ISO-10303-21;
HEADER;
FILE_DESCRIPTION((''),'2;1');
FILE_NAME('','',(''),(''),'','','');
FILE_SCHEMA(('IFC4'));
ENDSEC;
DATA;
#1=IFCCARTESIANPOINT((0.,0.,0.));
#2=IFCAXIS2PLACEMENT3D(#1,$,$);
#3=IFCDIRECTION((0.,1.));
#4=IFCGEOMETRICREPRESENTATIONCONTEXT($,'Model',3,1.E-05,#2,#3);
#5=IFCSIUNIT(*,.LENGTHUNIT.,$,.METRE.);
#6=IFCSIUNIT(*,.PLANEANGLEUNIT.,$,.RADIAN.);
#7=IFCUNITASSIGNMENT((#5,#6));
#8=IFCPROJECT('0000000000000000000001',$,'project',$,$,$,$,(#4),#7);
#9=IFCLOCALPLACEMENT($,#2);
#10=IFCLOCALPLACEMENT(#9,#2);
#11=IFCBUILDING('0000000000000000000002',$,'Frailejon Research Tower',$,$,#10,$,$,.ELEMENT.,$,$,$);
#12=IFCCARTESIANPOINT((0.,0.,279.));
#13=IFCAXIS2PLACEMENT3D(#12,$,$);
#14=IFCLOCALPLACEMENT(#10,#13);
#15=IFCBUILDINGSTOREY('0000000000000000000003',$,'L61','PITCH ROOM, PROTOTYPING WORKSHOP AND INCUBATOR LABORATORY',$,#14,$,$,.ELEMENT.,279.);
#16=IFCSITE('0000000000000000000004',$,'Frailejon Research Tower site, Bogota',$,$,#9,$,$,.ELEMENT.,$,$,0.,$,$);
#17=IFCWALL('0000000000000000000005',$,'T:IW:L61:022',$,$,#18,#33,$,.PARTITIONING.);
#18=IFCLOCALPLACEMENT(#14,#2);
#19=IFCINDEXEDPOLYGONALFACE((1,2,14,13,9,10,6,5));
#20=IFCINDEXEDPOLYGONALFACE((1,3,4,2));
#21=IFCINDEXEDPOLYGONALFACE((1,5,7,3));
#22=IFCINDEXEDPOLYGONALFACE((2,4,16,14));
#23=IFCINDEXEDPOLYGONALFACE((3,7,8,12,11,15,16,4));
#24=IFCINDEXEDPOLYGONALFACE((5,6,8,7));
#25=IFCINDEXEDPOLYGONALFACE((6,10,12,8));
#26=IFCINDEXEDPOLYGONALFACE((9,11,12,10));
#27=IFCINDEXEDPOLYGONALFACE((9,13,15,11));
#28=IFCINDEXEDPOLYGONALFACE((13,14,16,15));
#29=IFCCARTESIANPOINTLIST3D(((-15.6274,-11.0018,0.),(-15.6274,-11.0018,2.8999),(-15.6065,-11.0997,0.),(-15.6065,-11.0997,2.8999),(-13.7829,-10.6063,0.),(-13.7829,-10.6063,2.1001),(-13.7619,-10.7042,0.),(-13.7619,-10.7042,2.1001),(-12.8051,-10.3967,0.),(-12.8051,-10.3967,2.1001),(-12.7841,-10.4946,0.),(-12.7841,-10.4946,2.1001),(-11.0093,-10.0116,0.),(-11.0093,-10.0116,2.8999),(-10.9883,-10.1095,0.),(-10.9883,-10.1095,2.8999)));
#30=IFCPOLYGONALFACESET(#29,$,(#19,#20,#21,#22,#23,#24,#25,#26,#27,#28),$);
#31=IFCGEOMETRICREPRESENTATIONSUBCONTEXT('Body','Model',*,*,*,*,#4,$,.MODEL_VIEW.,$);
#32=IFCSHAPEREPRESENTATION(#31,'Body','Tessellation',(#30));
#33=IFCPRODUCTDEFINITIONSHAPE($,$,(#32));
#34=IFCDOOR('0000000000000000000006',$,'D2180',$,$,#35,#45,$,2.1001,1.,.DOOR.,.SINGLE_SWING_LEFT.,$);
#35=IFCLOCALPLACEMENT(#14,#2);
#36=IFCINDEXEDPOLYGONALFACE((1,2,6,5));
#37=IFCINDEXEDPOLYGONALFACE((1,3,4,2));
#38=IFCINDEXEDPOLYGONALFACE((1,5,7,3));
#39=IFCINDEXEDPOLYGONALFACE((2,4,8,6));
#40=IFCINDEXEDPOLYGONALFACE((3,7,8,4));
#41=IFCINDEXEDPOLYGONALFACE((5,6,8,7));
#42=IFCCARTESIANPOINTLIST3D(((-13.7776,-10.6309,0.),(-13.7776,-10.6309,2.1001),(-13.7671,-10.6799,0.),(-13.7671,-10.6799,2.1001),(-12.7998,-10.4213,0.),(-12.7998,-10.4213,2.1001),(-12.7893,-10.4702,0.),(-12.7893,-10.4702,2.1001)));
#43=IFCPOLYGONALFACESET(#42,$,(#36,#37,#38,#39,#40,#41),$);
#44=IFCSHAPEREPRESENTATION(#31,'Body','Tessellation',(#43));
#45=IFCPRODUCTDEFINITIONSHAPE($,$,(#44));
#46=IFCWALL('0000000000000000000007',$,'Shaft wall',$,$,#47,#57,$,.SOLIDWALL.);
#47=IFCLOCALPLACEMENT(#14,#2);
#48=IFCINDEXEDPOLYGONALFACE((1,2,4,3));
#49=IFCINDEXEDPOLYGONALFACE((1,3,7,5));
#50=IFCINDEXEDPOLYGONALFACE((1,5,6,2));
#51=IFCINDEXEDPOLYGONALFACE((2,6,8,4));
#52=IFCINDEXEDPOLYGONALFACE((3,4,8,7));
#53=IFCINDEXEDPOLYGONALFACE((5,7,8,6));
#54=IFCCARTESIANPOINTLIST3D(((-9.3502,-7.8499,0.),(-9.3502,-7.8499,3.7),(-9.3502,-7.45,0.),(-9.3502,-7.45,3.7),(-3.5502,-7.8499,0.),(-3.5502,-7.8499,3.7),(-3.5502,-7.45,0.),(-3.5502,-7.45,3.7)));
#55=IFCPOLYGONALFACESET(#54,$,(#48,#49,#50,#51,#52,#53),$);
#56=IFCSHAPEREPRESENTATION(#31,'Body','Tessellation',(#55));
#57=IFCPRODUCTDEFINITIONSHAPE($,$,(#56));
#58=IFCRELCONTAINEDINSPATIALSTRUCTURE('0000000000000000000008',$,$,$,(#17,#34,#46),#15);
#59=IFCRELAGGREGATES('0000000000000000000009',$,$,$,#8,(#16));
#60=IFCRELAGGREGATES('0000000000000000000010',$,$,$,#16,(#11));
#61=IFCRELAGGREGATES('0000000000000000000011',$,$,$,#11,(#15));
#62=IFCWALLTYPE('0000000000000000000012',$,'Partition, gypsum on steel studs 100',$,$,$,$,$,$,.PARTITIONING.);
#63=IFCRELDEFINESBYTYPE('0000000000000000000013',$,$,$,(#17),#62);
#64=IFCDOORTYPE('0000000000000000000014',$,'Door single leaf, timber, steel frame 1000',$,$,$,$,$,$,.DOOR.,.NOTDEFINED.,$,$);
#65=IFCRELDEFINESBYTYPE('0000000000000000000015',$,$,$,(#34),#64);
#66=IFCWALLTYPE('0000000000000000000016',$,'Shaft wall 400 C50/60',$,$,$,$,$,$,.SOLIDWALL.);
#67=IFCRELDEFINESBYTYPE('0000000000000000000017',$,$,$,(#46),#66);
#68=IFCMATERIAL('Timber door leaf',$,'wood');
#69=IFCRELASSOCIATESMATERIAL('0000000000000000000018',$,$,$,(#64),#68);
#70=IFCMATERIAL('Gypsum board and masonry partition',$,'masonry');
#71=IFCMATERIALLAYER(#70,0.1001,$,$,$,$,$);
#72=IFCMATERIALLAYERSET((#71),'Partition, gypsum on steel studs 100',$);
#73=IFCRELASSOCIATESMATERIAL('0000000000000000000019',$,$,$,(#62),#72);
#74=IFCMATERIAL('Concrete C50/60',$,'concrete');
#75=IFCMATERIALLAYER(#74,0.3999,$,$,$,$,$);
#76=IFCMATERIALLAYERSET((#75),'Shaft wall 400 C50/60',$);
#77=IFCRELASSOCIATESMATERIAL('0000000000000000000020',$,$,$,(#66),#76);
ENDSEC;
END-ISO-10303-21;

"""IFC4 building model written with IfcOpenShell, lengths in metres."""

from ifc_helpers import new_model, si_unit, direction, frame, frame_2d, origin, place, context, subcontext, project, spatial, rectangle, extrude, material, layer, layer_set, type_object, element, fill, save


model = new_model("IFC4")

# Units and contexts
model_context = context("Model", 3, precision=1e-05, world=origin(), true_north=direction((0.0, 1.0)))
body_context = subcontext(model_context, "Body", "Model", "MODEL_VIEW")
ifc_project = project(units=[si_unit("LENGTHUNIT", "METRE"), si_unit("PLANEANGLEUNIT", "RADIAN")], contexts=[model_context])

# Site, building, storey
site_placement = place(None, origin())
site = spatial("IfcSite", under=ifc_project, at=site_placement, Name="Frailejon Research Tower site, Bogota", CompositionType="ELEMENT", RefElevation=0.0)
building_placement = place(site_placement, origin())
building = spatial("IfcBuilding", under=site, at=building_placement, Name="Frailejon Research Tower", CompositionType="ELEMENT")
storey_placement = place(building_placement, frame((0.0, 0.0, 279.0)))
storey = spatial("IfcBuildingStorey", under=building, at=storey_placement, Name="L61", Description="PITCH ROOM, PROTOTYPING WORKSHOP AND INCUBATOR LABORATORY", CompositionType="ELEMENT", Elevation=279.0)

# Shared definitions
ifc_material_1 = material(Name="Timber door leaf", Category="wood")
door_type_1 = type_object("IfcDoorType", Name="Door single leaf, timber, steel frame 1000", OperationType="NOTDEFINED", PredefinedType="DOOR", material=ifc_material_1)

# Shared definitions
ifc_material_2 = material(Name="Gypsum board and masonry partition", Category="masonry")
ifc_layer_1 = layer(ifc_material_2, 0.1001)
ifc_layer_set_1 = layer_set([ifc_layer_1], Name="Partition, gypsum on steel studs 100")
wall_type_1 = type_object("IfcWallType", Name="Partition, gypsum on steel studs 100", PredefinedType="PARTITIONING", material=ifc_layer_set_1)

# Wall, opening, door
wall_1_placement = place(storey_placement, frame((-15.6169, -11.0508, 0.0), z_axis=(0.0, 0.0, 1.0), x_axis=(0.977775, 0.209656, 0.0)))
wall_1 = element("IfcWall", 1, at=wall_1_placement, inside=storey, type_object=wall_type_1, Name="T:IW:L61:022", PredefinedType="PARTITIONING", context=body_context, shape_type="SweptSolid", body=[
    extrude(rectangle(XDim=4.7231, YDim=0.1001, at=frame_2d((2.3616, 0.0))), origin(), (0.0, 0.0, 1.0), 2.8999),
])
opening_1_placement = place(wall_1_placement, frame((1.8865, 0.0, 0.0)))
opening_1 = element("IfcOpeningElement", 2, at=opening_1_placement, cuts=wall_1, PredefinedType="OPENING", context=body_context, shape_type="SweptSolid", body=[
    extrude(rectangle(XDim=1.0, YDim=2.1001, at=frame_2d((0.5, 1.05))), frame((0.0, 0.0601, 0.0), z_axis=(0.0, -1.0, 0.0), x_axis=(1.0, 0.0, 0.0)), (0.0, 0.0, 1.0), 0.1201),
])
door_1_placement = place(opening_1_placement, origin())
door_1 = element("IfcDoor", 3, at=door_1_placement, inside=storey, type_object=door_type_1, Name="D2180", OperationType="SINGLE_SWING_LEFT", OverallHeight=2.1001, OverallWidth=1.0, PredefinedType="DOOR", context=body_context, shape_type="SweptSolid", body=[
    extrude(rectangle(XDim=1.0, YDim=2.1001, at=frame_2d((0.5, 1.05))), frame((0.0, 0.0249, 0.0), z_axis=(0.0, -1.0, 0.0), x_axis=(1.0, 0.0, 0.0)), (0.0, 0.0, 1.0), 0.05),
])
fill(opening_1, door_1)

# Wall
ifc_material_3 = material(Name="Concrete C50/60", Category="concrete")
ifc_layer_2 = layer(ifc_material_3, 0.3999)
ifc_layer_set_2 = layer_set([ifc_layer_2], Name="Shaft wall 400 C50/60")
wall_type_2 = type_object("IfcWallType", Name="Shaft wall 400 C50/60", PredefinedType="SOLIDWALL", material=ifc_layer_set_2)
wall_2_placement = place(storey_placement, frame((-9.3501, -7.6499, 0.0), z_axis=(0.0, 0.0, 1.0), x_axis=(1.0, 0.0, 0.0)))
element("IfcWall", 4, at=wall_2_placement, inside=storey, type_object=wall_type_2, Name="Shaft wall", PredefinedType="SOLIDWALL", context=body_context, shape_type="SweptSolid", body=[
    extrude(rectangle(XDim=5.8, YDim=0.3999, at=frame_2d((2.8999, 0.0))), origin(), (0.0, 0.0, 1.0), 3.7),
])

save(model, "model.ifc")
